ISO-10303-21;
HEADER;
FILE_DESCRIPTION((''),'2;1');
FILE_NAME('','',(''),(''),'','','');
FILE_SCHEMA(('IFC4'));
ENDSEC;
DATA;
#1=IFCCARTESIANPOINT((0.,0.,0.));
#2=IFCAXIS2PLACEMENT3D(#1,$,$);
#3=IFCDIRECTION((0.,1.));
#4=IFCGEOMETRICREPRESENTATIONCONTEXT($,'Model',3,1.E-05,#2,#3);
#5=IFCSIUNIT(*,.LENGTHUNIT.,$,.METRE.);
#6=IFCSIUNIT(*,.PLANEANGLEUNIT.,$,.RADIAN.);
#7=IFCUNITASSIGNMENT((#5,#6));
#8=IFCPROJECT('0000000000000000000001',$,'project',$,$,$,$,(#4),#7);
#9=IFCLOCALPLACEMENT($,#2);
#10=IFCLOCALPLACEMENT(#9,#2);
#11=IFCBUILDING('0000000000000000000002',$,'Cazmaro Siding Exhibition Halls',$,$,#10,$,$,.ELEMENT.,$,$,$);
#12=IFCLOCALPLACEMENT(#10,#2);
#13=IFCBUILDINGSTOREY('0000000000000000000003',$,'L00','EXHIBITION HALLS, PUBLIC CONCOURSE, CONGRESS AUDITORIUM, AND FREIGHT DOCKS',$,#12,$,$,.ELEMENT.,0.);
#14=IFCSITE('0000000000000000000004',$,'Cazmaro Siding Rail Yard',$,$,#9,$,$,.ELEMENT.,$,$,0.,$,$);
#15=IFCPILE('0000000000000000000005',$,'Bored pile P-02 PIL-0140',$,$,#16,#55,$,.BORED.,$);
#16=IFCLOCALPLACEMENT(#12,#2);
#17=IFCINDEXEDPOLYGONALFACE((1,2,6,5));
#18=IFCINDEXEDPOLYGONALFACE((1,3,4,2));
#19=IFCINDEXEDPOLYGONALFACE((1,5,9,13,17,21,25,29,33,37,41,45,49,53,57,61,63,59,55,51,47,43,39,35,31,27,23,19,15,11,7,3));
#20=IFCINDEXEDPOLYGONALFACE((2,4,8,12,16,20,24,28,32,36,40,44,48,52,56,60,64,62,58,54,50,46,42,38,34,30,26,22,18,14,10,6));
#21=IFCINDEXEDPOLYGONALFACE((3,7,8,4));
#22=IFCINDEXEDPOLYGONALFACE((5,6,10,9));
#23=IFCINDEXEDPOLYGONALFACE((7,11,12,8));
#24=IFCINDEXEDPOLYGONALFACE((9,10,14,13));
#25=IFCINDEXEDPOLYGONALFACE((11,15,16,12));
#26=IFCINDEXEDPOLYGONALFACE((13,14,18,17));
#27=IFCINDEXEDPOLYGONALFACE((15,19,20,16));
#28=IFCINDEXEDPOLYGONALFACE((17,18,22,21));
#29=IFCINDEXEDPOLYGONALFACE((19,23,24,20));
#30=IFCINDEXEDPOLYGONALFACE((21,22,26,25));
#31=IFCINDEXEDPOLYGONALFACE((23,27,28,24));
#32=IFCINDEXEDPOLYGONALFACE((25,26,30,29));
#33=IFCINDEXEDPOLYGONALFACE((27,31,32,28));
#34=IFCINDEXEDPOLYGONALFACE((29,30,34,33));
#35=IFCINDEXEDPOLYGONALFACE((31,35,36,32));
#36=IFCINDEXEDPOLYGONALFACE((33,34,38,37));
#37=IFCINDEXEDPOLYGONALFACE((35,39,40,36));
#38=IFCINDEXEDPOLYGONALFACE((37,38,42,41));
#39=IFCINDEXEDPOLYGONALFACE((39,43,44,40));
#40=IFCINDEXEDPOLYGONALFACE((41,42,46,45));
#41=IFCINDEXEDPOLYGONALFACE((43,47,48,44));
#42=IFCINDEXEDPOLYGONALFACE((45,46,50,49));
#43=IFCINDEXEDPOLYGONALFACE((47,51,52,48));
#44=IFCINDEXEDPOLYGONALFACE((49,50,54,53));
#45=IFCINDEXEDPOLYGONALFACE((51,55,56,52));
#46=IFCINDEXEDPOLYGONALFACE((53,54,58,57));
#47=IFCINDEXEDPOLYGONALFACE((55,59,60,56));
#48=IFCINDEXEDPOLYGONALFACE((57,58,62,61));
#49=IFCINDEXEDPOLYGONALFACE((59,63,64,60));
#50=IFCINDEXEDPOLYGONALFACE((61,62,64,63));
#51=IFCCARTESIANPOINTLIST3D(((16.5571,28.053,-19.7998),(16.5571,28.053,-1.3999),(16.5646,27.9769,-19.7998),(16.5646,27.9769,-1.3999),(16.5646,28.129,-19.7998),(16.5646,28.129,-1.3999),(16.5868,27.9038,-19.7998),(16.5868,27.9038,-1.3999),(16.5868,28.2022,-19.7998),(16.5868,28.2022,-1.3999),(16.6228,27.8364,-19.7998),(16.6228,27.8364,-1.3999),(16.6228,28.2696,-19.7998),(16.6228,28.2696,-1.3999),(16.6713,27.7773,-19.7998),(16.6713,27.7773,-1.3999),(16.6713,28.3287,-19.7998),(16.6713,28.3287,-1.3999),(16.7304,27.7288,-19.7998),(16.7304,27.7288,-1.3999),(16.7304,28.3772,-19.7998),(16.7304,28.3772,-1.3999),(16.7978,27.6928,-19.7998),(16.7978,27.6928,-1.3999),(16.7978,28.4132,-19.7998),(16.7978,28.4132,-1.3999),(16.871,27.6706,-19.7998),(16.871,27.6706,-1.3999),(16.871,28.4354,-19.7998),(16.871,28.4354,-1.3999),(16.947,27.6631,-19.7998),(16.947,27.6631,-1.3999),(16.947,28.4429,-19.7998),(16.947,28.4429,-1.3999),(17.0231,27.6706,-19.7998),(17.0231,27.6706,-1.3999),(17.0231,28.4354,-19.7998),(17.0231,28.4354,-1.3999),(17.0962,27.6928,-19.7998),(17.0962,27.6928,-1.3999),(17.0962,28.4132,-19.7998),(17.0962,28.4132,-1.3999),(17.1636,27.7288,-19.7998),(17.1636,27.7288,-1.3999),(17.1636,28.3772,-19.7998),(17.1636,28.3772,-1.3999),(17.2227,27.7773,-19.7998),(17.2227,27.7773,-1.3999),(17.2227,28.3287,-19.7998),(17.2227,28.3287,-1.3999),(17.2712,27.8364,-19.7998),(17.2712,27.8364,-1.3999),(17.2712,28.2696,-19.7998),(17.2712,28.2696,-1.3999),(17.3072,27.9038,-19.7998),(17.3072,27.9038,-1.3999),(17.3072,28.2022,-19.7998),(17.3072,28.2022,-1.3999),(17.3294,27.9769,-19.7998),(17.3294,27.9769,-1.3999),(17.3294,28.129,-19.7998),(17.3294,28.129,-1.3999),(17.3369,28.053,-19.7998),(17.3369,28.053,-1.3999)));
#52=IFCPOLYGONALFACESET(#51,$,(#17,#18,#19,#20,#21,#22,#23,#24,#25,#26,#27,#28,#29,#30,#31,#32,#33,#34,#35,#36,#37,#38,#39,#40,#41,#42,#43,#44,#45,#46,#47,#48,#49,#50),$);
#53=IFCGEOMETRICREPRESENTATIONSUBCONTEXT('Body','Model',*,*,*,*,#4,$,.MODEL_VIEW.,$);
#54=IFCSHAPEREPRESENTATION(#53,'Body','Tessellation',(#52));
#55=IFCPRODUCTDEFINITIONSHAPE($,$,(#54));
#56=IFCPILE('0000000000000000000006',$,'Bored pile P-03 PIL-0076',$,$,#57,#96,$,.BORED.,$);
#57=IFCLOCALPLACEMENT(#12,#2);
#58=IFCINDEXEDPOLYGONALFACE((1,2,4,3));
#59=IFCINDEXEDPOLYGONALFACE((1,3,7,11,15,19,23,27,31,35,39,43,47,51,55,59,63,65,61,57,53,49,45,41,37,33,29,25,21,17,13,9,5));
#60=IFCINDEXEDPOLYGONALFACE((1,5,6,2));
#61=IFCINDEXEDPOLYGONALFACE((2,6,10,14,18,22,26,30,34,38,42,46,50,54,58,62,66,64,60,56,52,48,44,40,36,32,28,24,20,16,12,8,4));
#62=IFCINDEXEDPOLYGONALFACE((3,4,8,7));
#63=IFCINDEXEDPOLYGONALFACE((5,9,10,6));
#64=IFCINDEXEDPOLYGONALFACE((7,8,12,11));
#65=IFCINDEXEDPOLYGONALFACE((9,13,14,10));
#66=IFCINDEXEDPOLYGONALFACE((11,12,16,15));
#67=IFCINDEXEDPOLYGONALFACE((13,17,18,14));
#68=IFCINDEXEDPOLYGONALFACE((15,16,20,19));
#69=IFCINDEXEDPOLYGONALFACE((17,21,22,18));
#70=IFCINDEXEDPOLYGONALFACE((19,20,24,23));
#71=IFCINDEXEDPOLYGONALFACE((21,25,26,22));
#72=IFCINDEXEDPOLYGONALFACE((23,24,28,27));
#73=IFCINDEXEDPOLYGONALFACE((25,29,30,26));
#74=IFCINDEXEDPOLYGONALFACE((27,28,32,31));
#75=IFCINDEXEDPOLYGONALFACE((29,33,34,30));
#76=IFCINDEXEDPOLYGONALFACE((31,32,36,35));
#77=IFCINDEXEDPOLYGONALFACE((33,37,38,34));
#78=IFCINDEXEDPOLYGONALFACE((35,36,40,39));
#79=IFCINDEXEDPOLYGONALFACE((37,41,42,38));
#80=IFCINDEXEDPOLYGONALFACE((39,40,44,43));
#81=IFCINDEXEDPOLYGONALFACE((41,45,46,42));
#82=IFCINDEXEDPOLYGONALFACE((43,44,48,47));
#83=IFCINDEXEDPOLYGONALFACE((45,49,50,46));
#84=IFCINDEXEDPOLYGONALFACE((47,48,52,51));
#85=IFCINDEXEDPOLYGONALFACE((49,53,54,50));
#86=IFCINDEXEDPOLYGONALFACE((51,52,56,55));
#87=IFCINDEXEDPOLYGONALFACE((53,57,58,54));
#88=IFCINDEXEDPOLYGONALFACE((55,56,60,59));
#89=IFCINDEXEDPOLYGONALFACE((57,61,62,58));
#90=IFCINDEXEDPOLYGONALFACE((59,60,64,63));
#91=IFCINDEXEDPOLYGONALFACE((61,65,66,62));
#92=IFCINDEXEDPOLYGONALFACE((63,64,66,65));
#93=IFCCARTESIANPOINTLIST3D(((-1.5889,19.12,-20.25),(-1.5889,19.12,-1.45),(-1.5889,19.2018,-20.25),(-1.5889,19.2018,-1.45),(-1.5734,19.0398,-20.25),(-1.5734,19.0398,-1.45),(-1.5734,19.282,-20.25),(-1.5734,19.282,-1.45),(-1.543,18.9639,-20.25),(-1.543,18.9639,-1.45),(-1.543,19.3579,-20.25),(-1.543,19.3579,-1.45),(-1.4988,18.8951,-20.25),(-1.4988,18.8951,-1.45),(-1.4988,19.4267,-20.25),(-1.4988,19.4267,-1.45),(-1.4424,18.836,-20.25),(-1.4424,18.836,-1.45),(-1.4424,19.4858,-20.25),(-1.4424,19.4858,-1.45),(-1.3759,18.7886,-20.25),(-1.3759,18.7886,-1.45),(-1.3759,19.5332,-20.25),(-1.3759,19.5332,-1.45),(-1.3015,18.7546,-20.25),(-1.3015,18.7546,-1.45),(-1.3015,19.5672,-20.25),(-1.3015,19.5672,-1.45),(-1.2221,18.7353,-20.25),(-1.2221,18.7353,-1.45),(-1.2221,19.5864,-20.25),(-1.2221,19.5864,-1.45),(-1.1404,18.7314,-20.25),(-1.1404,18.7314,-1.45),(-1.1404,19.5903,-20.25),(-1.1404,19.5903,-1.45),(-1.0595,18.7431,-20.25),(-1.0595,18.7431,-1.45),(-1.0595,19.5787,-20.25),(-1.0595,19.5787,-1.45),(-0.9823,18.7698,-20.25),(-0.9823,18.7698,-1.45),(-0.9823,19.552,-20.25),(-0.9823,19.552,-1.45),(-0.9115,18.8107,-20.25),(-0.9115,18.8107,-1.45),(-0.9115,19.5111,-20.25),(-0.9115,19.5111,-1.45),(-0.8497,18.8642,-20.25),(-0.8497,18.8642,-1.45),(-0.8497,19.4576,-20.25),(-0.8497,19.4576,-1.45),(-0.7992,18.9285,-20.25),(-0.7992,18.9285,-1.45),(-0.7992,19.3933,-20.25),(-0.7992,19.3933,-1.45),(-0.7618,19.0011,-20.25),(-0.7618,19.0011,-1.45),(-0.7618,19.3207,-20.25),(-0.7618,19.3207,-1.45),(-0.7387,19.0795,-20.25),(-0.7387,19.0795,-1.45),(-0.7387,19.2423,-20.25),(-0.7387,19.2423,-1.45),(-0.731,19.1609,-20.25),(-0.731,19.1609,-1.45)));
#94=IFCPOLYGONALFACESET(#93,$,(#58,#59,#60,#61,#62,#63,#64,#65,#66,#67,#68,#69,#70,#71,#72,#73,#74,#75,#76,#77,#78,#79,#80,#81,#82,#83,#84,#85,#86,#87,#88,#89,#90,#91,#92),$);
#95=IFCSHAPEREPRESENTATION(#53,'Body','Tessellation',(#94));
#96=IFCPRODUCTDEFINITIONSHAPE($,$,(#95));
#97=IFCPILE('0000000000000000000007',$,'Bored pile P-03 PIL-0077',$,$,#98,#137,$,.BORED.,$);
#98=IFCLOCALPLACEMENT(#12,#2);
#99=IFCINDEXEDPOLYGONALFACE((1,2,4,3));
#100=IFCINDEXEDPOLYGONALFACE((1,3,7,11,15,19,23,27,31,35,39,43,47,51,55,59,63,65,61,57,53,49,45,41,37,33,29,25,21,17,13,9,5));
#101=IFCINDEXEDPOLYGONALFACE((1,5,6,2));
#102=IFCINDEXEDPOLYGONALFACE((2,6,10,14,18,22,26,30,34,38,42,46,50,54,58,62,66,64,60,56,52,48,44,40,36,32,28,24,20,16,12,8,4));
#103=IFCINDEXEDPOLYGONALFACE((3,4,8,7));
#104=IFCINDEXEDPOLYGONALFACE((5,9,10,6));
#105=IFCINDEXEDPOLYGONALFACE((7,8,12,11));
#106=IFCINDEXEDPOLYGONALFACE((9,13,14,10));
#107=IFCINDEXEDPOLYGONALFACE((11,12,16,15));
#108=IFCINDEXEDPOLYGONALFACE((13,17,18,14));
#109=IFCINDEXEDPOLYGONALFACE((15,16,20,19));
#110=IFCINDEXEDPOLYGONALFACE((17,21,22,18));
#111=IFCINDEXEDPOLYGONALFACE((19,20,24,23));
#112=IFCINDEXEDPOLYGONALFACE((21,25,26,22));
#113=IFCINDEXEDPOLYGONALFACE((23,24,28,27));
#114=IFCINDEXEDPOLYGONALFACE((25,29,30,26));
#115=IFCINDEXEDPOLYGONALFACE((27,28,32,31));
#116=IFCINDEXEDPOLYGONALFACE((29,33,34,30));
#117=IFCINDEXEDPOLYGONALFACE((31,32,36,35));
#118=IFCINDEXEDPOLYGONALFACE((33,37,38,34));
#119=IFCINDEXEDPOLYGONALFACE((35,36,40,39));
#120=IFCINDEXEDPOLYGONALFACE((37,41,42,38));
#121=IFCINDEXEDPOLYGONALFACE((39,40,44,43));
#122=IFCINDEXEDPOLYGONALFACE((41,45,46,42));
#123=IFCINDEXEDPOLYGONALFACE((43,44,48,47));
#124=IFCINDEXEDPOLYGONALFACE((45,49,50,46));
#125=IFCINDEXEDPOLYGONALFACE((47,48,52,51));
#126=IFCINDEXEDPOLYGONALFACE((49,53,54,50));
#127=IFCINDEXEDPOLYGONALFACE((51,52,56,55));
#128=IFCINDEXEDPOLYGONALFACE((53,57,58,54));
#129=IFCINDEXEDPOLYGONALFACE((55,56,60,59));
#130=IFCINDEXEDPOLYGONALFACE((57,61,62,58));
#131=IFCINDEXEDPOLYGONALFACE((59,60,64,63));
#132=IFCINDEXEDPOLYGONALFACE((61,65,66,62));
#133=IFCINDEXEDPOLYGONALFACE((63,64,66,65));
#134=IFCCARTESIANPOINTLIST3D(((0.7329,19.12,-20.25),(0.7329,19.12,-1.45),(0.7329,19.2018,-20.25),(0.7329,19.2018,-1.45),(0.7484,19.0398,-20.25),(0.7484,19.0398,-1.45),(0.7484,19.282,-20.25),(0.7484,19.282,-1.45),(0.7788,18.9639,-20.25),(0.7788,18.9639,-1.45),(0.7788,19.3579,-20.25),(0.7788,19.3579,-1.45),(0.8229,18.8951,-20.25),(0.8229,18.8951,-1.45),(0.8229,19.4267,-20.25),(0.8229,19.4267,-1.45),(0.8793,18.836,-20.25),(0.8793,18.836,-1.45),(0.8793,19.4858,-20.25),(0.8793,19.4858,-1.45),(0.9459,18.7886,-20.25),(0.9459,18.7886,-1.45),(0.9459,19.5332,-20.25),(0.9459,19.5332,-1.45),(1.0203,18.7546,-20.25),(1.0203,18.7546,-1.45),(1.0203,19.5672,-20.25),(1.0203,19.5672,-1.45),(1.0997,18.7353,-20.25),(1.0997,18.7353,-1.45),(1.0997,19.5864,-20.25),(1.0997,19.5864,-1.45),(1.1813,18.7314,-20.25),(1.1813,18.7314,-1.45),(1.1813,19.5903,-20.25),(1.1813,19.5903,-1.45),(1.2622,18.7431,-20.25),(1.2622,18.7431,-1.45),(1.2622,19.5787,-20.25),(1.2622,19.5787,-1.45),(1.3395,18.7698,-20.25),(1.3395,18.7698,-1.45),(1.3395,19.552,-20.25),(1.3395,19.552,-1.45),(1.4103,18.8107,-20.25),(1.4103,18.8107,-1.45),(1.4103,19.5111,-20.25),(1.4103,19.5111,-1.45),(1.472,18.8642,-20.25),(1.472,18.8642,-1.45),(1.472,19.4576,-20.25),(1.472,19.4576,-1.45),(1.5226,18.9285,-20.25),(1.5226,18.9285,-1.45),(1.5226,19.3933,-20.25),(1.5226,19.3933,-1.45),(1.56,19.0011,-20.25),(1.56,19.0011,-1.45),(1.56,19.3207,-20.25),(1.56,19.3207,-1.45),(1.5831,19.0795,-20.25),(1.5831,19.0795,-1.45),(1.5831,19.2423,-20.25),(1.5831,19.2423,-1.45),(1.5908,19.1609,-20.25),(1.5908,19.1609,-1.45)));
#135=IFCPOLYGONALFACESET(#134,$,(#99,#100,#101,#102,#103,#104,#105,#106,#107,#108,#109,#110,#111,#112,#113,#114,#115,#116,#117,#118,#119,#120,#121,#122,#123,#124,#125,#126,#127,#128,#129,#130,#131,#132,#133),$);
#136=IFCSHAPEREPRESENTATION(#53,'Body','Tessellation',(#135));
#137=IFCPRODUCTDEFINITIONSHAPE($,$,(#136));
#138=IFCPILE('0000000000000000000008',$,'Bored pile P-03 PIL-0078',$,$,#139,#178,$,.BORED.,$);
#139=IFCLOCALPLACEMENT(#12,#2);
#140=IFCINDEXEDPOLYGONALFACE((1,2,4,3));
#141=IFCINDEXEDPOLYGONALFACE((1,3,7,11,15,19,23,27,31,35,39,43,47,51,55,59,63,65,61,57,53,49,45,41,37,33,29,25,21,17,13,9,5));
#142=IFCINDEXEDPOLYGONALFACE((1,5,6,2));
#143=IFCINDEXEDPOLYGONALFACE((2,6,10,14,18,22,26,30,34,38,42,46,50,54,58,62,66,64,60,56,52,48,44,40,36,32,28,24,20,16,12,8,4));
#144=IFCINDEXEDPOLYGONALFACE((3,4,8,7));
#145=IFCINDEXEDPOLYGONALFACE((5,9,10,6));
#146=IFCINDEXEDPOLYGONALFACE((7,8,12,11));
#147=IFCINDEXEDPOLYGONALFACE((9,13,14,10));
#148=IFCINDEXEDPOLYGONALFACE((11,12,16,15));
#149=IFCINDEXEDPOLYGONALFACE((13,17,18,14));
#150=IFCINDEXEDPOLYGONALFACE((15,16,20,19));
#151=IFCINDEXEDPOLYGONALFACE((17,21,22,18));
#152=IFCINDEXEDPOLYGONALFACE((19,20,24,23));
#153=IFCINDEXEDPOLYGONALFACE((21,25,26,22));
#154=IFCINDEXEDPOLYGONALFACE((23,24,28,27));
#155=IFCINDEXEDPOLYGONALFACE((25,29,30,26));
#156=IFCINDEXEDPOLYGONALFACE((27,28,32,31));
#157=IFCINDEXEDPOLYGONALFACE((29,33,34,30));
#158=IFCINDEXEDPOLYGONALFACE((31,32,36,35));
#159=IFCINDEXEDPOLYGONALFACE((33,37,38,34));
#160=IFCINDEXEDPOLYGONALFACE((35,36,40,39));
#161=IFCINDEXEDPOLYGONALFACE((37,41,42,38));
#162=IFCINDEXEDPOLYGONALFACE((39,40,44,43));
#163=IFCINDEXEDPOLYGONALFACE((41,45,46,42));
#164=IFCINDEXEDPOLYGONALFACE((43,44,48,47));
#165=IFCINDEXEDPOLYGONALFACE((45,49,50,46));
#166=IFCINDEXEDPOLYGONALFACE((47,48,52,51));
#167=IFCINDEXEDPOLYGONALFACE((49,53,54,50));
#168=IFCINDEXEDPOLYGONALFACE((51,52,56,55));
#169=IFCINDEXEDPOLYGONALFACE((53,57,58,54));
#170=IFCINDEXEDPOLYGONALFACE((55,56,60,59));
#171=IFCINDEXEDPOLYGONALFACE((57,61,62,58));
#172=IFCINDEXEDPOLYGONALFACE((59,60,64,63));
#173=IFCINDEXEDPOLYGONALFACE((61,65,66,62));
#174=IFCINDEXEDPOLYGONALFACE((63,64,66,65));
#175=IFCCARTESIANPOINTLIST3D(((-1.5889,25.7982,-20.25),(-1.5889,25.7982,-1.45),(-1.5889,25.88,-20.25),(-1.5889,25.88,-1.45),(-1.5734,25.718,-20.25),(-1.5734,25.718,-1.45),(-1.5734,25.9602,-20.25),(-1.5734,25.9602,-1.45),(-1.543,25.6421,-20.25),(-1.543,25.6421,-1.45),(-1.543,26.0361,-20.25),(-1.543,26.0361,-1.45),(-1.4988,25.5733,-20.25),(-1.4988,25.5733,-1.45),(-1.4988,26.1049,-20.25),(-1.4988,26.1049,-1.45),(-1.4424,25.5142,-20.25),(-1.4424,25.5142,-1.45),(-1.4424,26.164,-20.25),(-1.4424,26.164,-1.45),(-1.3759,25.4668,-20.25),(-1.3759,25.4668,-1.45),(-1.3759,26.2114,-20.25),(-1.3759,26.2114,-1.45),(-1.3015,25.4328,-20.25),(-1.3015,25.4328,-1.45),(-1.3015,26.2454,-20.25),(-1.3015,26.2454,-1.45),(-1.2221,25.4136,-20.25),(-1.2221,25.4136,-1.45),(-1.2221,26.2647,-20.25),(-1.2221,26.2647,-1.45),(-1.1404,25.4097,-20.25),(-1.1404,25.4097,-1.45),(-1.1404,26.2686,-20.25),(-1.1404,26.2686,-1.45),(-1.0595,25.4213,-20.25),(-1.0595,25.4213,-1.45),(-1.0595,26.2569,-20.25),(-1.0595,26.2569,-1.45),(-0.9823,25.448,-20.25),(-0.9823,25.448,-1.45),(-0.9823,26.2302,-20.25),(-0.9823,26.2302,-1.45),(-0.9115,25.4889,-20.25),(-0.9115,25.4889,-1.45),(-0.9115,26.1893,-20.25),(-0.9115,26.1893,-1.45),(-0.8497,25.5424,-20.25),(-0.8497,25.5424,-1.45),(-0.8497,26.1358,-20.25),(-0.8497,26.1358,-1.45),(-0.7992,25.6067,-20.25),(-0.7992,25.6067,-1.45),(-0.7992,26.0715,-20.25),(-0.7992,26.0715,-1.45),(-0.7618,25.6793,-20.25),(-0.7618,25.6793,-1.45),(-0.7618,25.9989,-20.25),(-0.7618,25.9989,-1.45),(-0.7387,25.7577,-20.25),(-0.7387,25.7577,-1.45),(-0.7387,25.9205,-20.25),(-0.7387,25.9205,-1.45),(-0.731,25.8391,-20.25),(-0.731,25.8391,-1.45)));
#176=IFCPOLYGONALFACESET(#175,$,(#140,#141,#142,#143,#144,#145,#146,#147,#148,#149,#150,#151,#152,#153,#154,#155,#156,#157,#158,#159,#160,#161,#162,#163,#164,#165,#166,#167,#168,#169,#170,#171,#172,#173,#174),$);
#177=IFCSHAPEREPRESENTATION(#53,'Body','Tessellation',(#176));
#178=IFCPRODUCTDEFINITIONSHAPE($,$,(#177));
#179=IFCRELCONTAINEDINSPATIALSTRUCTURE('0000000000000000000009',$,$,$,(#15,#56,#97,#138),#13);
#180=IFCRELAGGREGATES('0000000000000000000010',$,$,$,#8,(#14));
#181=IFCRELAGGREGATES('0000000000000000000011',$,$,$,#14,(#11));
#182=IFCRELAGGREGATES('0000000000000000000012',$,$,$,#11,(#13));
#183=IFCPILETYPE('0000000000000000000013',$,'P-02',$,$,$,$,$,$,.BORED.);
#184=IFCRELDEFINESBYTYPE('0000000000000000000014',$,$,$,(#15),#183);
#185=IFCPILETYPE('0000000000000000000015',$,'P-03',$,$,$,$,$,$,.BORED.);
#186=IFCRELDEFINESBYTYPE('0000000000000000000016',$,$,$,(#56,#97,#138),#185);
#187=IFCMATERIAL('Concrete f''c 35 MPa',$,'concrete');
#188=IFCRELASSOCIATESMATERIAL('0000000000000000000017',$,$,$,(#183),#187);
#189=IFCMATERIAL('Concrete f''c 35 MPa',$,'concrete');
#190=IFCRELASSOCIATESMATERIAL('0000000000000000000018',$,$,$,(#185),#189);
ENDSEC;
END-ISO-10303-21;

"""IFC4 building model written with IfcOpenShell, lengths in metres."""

from ifc_helpers import new_model, si_unit, direction, frame, origin, origin_2d, place, context, subcontext, project, spatial, circle, extrude, material, material_profile, profile_set, type_object, element, save


model = new_model("IFC4")

# Units and contexts
model_context = context("Model", 3, precision=1e-05, world=origin(), true_north=direction((0.0, 1.0)))
body_context = subcontext(model_context, "Body", "Model", "MODEL_VIEW")
ifc_project = project(units=[si_unit("LENGTHUNIT", "METRE"), si_unit("PLANEANGLEUNIT", "RADIAN")], contexts=[model_context])

# Site, building, storey
site_placement = place(None, origin())
site = spatial("IfcSite", under=ifc_project, at=site_placement, Name="Cazmaro Siding Rail Yard", CompositionType="ELEMENT", RefElevation=0.0)
building_placement = place(site_placement, origin())
building = spatial("IfcBuilding", under=site, at=building_placement, Name="Cazmaro Siding Exhibition Halls", CompositionType="ELEMENT")
storey_placement = place(building_placement, origin())
storey = spatial("IfcBuildingStorey", under=building, at=storey_placement, Name="L00", Description="EXHIBITION HALLS, PUBLIC CONCOURSE, CONGRESS AUDITORIUM, AND FREIGHT DOCKS", CompositionType="ELEMENT", Elevation=0.0)

# Piles
ifc_material_1 = material(Name="Concrete f'c 35 MPa", Category="concrete")
ifc_material_profile_1 = material_profile(ifc_material_1, circle(Radius=0.3899, at=origin_2d()), Name="CIDH-780")
ifc_profile_set_1 = profile_set([ifc_material_profile_1], Name="Concrete f'c 35 MPa")
pile_type_1 = type_object("IfcPileType", Name="P-02", PredefinedType="BORED", material=ifc_profile_set_1)
for number, where, z_axis, x_axis, name in (
    (1, (16.947, 28.053, -1.3999), (0.0, 0.0, -1.0), (1.0, 0.0, 0.0), "Bored pile P-02 PIL-0140"),
):
    element("IfcPile", number, at=place(storey_placement, frame(where, z_axis=z_axis, x_axis=x_axis)), inside=storey, type_object=pile_type_1, Name=name, PredefinedType="BORED", context=body_context, shape_type="SweptSolid", body=[
        extrude(circle(Radius=0.3899, at=origin_2d()), origin(), (0.0, 0.0, 1.0), 18.3999),
    ])
ifc_material_2 = material(Name="Concrete f'c 35 MPa", Category="concrete")
ifc_material_profile_2 = material_profile(ifc_material_2, circle(Radius=0.4299, at=origin_2d()), Name="CIDH-860")
ifc_profile_set_2 = profile_set([ifc_material_profile_2], Name="Concrete f'c 35 MPa")
pile_type_2 = type_object("IfcPileType", Name="P-03", PredefinedType="BORED", material=ifc_profile_set_2)
for number, where, z_axis, x_axis, name in (
    (2, (-1.1609, 19.1609, -1.45), (0.0, 0.0, -1.0), (1.0, 0.0, 0.0), "Bored pile P-03 PIL-0076"),
    (3, (1.1609, 19.1609, -1.45), (0.0, 0.0, -1.0), (1.0, 0.0, 0.0), "Bored pile P-03 PIL-0077"),
    (4, (-1.1609, 25.8391, -1.45), (0.0, 0.0, -1.0), (1.0, 0.0, 0.0), "Bored pile P-03 PIL-0078"),
):
    element("IfcPile", number, at=place(storey_placement, frame(where, z_axis=z_axis, x_axis=x_axis)), inside=storey, type_object=pile_type_2, Name=name, PredefinedType="BORED", context=body_context, shape_type="SweptSolid", body=[
        extrude(circle(Radius=0.4299, at=origin_2d()), origin(), (0.0, 0.0, 1.0), 18.8),
    ])

save(model, "model.ifc")
